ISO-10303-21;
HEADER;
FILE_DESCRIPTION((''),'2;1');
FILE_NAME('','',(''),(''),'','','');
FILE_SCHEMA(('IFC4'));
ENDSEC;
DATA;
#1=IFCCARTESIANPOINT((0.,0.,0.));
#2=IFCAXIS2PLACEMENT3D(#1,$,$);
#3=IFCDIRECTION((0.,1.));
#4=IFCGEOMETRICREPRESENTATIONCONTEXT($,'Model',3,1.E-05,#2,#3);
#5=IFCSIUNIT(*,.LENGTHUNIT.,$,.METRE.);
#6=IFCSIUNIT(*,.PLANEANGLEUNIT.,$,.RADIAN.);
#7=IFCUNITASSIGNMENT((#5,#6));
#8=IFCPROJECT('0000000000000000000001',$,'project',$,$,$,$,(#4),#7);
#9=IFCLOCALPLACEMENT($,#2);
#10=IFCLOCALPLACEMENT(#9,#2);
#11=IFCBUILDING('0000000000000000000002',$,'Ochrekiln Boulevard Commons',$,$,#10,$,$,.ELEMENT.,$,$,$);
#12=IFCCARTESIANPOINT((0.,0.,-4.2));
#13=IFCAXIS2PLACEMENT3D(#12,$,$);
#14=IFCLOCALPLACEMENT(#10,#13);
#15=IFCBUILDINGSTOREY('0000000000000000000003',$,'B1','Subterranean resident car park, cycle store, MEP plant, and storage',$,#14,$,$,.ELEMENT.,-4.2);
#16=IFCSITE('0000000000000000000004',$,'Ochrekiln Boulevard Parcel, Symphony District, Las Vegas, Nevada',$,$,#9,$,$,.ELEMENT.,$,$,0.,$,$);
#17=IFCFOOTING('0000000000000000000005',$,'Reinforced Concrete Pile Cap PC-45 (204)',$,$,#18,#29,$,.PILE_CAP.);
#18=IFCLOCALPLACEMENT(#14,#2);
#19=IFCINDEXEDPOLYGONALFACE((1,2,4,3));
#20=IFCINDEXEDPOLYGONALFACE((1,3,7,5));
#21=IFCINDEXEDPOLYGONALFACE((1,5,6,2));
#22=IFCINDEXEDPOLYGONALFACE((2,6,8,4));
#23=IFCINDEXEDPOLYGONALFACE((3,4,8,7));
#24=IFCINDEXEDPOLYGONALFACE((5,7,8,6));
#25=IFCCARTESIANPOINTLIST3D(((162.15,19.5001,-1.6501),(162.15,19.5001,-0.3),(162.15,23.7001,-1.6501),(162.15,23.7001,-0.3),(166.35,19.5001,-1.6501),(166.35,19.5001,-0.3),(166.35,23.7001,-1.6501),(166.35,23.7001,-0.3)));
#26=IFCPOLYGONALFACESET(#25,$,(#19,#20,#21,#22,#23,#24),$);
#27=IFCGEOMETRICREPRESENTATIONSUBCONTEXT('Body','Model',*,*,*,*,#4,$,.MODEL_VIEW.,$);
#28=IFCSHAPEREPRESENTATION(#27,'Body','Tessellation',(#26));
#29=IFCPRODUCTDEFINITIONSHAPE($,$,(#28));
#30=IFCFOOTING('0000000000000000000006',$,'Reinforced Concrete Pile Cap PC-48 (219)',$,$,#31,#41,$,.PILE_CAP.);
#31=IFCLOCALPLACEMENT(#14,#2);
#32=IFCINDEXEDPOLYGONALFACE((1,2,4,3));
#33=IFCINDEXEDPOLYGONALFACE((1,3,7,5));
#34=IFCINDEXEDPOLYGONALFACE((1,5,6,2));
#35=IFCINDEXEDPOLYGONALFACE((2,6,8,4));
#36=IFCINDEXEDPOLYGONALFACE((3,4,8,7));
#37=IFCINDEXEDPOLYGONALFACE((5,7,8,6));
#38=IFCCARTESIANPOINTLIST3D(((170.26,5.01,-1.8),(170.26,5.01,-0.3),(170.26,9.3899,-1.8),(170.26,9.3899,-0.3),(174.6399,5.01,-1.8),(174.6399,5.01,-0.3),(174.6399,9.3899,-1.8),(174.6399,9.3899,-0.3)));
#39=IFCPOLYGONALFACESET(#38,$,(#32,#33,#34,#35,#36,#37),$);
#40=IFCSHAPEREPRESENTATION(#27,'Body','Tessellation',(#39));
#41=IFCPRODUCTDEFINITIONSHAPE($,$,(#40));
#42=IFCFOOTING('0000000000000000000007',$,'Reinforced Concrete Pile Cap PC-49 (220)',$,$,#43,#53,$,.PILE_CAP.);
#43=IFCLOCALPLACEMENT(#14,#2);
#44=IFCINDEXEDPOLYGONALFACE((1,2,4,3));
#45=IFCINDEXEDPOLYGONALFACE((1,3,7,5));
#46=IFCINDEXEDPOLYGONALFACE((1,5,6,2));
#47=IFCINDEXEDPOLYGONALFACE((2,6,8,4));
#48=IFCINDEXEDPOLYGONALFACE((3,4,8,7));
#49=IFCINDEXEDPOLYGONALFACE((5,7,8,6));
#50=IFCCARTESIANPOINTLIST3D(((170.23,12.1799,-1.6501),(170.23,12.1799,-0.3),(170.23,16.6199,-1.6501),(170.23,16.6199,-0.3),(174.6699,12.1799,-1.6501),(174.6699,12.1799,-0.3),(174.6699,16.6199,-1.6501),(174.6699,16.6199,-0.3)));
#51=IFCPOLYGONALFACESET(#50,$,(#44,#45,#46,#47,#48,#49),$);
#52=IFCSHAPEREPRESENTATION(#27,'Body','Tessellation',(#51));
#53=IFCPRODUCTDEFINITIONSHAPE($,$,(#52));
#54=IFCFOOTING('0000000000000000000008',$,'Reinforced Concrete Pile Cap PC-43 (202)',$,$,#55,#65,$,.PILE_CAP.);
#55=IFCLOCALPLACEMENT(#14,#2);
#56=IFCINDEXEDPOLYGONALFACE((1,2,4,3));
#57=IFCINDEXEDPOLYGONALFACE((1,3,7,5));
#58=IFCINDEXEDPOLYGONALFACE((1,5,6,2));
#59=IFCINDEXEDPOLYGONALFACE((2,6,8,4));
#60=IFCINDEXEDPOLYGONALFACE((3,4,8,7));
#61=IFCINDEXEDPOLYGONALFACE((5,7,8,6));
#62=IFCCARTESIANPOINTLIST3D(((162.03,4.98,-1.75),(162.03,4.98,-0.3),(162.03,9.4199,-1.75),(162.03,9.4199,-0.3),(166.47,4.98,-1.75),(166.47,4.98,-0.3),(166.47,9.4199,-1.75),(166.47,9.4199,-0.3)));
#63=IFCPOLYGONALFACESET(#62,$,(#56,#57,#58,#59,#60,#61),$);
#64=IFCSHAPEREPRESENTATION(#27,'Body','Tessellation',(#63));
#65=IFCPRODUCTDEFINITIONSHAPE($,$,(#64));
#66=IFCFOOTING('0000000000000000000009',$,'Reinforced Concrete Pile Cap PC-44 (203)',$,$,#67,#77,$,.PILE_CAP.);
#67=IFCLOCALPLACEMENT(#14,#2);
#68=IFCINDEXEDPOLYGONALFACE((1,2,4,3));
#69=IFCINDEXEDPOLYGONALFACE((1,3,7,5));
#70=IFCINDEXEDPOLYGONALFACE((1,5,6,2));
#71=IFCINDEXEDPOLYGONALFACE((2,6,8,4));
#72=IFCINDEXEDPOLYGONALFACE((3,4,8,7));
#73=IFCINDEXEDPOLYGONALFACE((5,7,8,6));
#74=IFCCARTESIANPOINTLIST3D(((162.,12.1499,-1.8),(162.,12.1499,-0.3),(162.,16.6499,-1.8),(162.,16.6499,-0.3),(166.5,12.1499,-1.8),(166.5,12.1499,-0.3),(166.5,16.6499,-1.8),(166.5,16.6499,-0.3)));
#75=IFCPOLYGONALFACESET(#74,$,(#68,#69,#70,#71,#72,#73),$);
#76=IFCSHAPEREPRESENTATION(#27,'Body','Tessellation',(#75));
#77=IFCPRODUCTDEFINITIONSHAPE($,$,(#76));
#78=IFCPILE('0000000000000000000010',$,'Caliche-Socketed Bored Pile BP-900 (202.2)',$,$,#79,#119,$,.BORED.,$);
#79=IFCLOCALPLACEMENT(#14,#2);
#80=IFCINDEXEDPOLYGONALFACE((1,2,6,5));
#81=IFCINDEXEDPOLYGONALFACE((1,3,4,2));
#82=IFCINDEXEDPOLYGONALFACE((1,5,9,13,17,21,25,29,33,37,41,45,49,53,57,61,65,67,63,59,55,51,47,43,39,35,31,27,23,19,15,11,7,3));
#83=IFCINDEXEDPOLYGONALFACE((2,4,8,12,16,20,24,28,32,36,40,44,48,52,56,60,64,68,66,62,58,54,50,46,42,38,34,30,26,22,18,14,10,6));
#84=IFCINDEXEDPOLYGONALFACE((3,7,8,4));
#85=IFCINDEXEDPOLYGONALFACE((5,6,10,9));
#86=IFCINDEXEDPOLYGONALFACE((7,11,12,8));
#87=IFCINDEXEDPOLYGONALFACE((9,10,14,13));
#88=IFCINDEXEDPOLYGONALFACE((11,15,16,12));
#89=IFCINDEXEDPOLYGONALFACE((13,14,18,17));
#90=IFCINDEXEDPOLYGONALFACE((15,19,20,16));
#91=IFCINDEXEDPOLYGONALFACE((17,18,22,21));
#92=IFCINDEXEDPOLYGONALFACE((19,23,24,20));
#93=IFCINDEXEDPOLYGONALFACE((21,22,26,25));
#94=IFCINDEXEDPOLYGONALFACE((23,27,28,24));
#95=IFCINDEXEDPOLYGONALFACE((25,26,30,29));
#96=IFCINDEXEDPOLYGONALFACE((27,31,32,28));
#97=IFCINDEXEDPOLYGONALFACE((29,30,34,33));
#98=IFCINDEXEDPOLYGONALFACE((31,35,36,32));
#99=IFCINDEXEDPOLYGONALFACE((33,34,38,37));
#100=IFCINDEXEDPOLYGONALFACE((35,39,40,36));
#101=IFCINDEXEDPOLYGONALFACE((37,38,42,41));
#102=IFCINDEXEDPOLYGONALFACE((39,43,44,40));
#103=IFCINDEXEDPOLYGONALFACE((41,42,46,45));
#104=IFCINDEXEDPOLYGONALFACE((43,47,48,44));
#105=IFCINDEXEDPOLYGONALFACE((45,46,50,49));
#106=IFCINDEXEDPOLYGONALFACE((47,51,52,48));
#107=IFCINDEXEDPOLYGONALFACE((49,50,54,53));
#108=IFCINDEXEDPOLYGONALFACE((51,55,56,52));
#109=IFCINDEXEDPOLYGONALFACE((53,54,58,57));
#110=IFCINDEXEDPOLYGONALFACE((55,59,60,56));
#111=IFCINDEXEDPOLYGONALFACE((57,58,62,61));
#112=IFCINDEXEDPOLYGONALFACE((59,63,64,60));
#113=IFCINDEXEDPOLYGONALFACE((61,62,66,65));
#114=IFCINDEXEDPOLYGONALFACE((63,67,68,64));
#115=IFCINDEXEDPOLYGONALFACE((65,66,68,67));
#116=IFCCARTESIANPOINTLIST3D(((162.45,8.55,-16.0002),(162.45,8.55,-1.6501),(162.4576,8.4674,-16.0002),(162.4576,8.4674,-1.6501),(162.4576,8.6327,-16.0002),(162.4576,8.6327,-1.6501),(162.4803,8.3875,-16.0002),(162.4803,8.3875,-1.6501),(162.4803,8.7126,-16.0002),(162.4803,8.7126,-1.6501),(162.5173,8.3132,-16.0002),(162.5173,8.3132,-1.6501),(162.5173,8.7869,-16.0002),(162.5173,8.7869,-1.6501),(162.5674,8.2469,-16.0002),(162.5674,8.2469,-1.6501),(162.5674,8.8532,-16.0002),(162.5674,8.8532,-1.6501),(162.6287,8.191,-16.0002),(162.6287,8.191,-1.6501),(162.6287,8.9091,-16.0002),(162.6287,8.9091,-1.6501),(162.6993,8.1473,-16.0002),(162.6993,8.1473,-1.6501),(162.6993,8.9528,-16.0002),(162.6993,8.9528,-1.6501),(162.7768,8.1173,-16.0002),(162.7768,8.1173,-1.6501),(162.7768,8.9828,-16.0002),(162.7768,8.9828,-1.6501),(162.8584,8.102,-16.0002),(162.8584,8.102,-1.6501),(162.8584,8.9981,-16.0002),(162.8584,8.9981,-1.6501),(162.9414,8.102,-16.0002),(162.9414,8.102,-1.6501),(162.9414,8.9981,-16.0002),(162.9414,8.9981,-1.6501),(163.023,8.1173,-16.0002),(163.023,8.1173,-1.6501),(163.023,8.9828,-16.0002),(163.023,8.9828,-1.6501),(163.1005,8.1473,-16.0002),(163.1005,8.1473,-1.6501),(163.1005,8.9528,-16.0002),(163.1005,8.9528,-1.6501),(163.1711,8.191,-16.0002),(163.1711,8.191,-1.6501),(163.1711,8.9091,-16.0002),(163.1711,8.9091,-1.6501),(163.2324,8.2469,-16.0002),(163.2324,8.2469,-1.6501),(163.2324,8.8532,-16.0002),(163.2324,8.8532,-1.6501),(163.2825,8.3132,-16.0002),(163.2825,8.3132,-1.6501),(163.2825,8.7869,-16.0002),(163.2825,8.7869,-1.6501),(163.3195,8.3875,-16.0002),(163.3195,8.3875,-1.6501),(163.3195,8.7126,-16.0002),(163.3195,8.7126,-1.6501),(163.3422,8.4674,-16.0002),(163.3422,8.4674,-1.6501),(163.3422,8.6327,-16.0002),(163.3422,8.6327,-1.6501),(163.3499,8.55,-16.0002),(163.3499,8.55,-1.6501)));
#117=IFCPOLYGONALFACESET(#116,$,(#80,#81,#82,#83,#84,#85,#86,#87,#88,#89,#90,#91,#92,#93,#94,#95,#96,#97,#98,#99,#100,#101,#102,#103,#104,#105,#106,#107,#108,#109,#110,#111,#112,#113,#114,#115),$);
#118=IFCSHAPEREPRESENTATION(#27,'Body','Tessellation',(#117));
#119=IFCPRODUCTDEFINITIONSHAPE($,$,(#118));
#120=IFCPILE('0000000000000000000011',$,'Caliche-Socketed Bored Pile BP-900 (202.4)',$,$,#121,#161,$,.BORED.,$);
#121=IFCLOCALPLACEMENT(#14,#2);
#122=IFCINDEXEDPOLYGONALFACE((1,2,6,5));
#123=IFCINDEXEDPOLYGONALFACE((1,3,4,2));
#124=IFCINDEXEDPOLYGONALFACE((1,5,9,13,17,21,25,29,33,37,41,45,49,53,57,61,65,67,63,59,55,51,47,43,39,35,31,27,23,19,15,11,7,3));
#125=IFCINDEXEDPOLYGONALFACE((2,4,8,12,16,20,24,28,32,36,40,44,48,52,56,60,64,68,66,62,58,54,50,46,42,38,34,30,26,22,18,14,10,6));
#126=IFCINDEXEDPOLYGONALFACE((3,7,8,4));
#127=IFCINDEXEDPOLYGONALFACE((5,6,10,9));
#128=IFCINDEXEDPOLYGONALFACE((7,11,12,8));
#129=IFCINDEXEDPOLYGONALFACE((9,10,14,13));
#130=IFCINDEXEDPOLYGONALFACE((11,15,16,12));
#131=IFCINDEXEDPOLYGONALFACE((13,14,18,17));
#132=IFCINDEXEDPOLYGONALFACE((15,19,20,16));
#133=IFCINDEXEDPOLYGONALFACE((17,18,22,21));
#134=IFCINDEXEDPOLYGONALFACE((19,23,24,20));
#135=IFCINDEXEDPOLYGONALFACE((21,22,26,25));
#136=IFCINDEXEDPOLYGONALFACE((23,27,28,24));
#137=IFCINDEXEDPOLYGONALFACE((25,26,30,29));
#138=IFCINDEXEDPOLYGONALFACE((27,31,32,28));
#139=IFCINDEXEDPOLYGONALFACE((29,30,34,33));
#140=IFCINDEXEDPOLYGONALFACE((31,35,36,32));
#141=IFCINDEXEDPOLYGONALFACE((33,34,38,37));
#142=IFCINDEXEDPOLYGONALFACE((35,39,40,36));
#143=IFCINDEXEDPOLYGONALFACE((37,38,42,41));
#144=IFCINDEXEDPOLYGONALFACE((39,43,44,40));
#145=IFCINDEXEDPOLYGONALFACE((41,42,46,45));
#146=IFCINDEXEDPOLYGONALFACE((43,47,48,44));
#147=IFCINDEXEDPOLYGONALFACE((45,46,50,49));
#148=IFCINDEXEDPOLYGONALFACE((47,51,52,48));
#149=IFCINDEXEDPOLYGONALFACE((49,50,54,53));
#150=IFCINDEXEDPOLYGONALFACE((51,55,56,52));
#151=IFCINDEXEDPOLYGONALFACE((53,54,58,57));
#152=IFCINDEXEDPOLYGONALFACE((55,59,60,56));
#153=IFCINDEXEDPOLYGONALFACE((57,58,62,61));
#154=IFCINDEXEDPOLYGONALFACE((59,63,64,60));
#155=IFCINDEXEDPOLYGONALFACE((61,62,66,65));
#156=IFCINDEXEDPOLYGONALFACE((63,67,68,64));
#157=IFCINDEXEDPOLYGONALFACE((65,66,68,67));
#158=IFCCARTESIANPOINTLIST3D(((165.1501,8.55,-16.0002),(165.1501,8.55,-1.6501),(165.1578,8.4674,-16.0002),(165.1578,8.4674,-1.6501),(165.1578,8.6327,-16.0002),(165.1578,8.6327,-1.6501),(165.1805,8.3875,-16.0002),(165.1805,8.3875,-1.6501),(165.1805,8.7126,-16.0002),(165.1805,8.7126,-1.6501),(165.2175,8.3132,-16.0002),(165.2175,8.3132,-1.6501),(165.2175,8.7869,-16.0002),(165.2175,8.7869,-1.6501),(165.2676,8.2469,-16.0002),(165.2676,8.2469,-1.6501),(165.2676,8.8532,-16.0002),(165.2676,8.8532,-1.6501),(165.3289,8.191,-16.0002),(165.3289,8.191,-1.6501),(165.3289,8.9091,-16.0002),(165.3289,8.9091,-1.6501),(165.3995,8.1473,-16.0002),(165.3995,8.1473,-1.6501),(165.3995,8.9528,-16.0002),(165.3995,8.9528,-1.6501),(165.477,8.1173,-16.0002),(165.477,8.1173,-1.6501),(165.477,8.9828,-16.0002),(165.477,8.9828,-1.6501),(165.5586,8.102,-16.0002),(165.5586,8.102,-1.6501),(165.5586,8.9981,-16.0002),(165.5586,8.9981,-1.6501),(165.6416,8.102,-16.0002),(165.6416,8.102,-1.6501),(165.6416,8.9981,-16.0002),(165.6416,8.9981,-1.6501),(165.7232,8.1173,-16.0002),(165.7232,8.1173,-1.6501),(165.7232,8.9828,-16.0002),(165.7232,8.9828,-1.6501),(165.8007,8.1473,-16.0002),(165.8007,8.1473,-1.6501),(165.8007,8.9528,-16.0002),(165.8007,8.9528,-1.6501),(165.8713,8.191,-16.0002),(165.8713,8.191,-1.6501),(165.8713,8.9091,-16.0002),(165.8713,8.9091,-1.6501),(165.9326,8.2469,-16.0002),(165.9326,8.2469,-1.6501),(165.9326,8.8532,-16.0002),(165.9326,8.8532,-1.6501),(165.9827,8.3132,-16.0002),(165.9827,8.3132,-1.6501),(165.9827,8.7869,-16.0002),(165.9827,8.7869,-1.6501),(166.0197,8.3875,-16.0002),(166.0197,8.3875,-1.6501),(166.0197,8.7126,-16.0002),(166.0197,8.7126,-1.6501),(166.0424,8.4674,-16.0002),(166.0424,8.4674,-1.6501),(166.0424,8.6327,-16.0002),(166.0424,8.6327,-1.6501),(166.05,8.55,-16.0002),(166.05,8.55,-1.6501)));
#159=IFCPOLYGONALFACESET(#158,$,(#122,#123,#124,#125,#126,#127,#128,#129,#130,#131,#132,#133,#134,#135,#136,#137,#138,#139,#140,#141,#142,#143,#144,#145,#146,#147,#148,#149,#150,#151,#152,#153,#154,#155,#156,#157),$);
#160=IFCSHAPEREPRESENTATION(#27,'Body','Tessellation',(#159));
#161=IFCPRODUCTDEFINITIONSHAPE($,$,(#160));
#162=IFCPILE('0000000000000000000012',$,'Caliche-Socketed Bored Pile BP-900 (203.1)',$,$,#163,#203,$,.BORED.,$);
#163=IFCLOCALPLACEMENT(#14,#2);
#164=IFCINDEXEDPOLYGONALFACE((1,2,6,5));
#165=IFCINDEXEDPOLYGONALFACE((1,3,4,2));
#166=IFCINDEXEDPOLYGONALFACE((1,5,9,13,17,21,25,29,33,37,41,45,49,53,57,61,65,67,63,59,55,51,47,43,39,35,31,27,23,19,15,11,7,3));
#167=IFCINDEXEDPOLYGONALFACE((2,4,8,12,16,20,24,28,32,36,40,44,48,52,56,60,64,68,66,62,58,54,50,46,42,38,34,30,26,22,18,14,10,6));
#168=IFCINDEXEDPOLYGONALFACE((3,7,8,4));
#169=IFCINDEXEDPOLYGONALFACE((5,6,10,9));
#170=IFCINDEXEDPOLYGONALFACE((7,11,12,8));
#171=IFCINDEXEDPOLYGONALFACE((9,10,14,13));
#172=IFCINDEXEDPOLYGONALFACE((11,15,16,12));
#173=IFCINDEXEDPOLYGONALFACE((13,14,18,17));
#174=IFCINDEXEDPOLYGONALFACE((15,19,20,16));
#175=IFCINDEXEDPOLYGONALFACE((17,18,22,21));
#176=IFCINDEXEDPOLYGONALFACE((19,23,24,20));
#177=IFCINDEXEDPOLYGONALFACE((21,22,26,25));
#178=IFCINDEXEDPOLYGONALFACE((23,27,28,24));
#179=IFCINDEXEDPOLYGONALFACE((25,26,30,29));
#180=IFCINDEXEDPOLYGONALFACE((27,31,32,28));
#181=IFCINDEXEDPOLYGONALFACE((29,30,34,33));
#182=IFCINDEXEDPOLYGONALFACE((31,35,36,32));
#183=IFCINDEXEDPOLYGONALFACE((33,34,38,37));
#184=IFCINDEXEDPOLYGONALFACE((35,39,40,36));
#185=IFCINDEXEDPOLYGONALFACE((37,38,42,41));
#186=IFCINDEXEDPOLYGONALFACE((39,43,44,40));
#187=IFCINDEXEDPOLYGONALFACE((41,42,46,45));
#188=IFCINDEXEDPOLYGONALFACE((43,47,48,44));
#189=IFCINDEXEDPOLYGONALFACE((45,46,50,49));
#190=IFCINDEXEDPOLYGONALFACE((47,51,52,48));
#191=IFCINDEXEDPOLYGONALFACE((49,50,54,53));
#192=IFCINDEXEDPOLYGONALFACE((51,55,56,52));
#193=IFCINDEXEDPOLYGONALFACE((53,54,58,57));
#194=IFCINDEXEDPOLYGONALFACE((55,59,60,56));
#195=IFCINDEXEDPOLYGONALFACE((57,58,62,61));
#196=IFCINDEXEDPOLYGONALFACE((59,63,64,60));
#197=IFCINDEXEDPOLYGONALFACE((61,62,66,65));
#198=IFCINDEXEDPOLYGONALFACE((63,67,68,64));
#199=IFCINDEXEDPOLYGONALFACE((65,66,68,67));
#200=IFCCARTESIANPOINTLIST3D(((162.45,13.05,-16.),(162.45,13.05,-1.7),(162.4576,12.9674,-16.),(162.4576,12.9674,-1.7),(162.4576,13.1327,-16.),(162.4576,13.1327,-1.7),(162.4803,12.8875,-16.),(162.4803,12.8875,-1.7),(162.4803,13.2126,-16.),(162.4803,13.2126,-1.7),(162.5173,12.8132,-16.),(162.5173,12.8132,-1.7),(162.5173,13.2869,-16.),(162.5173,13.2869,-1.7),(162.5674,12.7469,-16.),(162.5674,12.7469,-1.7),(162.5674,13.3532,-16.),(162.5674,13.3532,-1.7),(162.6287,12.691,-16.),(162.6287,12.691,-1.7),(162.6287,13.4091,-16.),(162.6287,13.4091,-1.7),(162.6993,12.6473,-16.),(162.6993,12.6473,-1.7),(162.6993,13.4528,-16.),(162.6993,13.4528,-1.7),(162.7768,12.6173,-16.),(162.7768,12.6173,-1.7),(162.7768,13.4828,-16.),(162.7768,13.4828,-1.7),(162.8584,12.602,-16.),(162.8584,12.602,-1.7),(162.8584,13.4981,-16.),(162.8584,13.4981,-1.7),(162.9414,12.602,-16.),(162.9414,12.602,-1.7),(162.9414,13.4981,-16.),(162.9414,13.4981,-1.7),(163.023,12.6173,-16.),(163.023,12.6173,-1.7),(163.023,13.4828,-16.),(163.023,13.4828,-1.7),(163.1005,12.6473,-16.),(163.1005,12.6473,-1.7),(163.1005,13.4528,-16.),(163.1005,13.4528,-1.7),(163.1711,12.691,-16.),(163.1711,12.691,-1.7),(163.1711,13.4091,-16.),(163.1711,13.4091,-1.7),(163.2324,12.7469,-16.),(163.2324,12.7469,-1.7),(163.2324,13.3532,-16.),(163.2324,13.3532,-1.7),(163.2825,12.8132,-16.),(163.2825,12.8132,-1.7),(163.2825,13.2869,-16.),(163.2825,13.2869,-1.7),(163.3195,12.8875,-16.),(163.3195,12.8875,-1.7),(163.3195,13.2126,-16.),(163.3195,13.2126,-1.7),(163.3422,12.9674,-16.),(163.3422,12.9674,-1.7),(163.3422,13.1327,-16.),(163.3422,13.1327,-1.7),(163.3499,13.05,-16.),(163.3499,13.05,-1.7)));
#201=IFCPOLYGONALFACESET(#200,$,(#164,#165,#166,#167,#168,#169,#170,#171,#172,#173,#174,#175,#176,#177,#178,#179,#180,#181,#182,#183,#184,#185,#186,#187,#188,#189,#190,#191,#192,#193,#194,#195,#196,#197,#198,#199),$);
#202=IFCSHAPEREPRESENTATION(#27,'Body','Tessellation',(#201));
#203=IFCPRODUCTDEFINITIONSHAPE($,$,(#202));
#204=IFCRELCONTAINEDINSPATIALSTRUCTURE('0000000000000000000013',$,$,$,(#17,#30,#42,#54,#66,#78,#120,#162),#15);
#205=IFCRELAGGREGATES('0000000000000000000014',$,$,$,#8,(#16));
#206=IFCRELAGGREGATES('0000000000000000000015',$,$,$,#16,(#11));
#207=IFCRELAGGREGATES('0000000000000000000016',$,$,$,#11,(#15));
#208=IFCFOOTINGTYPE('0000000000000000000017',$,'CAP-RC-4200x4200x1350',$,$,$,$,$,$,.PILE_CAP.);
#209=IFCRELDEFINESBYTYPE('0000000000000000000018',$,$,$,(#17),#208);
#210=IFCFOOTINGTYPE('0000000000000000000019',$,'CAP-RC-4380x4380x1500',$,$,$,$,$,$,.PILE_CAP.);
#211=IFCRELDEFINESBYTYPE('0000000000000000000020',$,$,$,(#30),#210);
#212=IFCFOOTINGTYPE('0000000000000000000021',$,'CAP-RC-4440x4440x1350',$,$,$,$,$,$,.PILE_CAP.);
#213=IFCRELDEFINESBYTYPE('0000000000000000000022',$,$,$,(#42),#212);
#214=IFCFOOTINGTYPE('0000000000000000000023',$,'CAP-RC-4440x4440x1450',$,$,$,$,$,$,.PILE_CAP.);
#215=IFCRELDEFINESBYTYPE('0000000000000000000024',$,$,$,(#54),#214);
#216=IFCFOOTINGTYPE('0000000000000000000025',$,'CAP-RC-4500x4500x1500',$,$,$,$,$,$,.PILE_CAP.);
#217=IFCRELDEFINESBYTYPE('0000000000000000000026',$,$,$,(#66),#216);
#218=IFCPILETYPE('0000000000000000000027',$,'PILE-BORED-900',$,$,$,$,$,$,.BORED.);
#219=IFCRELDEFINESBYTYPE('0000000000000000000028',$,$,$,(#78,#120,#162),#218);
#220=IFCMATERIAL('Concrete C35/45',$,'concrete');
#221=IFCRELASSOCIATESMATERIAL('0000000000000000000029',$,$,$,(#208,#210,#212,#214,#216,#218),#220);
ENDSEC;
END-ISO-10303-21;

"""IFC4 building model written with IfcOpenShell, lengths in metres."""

from ifc_helpers import new_model, si_unit, direction, frame, origin, origin_2d, place, context, subcontext, project, spatial, rectangle, circle, extrude, material, material_profile, profile_set, type_object, element, save


model = new_model("IFC4")

# Units and contexts
model_context = context("Model", 3, precision=1e-05, world=origin(), true_north=direction((0.0, 1.0)))
body_context = subcontext(model_context, "Body", "Model", "MODEL_VIEW")
ifc_project = project(units=[si_unit("LENGTHUNIT", "METRE"), si_unit("PLANEANGLEUNIT", "RADIAN")], contexts=[model_context])

# Site, building, storey
site_placement = place(None, origin())
site = spatial("IfcSite", under=ifc_project, at=site_placement, Name="Ochrekiln Boulevard Parcel, Symphony District, Las Vegas, Nevada", CompositionType="ELEMENT", RefElevation=0.0)
building_placement = place(site_placement, origin())
building = spatial("IfcBuilding", under=site, at=building_placement, Name="Ochrekiln Boulevard Commons", CompositionType="ELEMENT")
storey_placement = place(building_placement, frame((0.0, 0.0, -4.2)))
storey = spatial("IfcBuildingStorey", under=building, at=storey_placement, Name="B1", Description="Subterranean resident car park, cycle store, MEP plant, and storage", CompositionType="ELEMENT", Elevation=-4.2)

# Footings
ifc_material_1 = material(Name="Concrete C35/45", Category="concrete")
footing_type_1 = type_object("IfcFootingType", Name="CAP-RC-4200x4200x1350", PredefinedType="PILE_CAP", material=ifc_material_1)
footing_1_placement = place(storey_placement, frame((164.25, 21.6001, -1.6501), z_axis=(0.0, 0.0, 1.0), x_axis=(1.0, 0.0, 0.0)))
element("IfcFooting", 1, at=footing_1_placement, inside=storey, type_object=footing_type_1, Name="Reinforced Concrete Pile Cap PC-45 (204)", PredefinedType="PILE_CAP", context=body_context, shape_type="SweptSolid", body=[
    extrude(rectangle(XDim=4.2, YDim=4.2, at=origin_2d()), origin(), (0.0, 0.0, 1.0), 1.3501),
])
footing_type_2 = type_object("IfcFootingType", Name="CAP-RC-4380x4380x1500", PredefinedType="PILE_CAP", material=ifc_material_1)
footing_2_placement = place(storey_placement, frame((172.45, 7.2, -1.8), z_axis=(0.0, 0.0, 1.0), x_axis=(1.0, 0.0, 0.0)))
element("IfcFooting", 2, at=footing_2_placement, inside=storey, type_object=footing_type_2, Name="Reinforced Concrete Pile Cap PC-48 (219)", PredefinedType="PILE_CAP", context=body_context, shape_type="SweptSolid", body=[
    extrude(rectangle(XDim=4.3799, YDim=4.3799, at=origin_2d()), origin(), (0.0, 0.0, 1.0), 1.5),
])
footing_type_3 = type_object("IfcFootingType", Name="CAP-RC-4440x4440x1350", PredefinedType="PILE_CAP", material=ifc_material_1)
footing_3_placement = place(storey_placement, frame((172.45, 14.3999, -1.6501), z_axis=(0.0, 0.0, 1.0), x_axis=(1.0, 0.0, 0.0)))
element("IfcFooting", 3, at=footing_3_placement, inside=storey, type_object=footing_type_3, Name="Reinforced Concrete Pile Cap PC-49 (220)", PredefinedType="PILE_CAP", context=body_context, shape_type="SweptSolid", body=[
    extrude(rectangle(XDim=4.4399, YDim=4.4399, at=origin_2d()), origin(), (0.0, 0.0, 1.0), 1.3501),
])
footing_type_4 = type_object("IfcFootingType", Name="CAP-RC-4440x4440x1450", PredefinedType="PILE_CAP", material=ifc_material_1)
footing_4_placement = place(storey_placement, frame((164.25, 7.2, -1.75), z_axis=(0.0, 0.0, 1.0), x_axis=(1.0, 0.0, 0.0)))
element("IfcFooting", 4, at=footing_4_placement, inside=storey, type_object=footing_type_4, Name="Reinforced Concrete Pile Cap PC-43 (202)", PredefinedType="PILE_CAP", context=body_context, shape_type="SweptSolid", body=[
    extrude(rectangle(XDim=4.4399, YDim=4.4399, at=origin_2d()), origin(), (0.0, 0.0, 1.0), 1.45),
])
footing_type_5 = type_object("IfcFootingType", Name="CAP-RC-4500x4500x1500", PredefinedType="PILE_CAP", material=ifc_material_1)
footing_5_placement = place(storey_placement, frame((164.25, 14.3999, -1.8), z_axis=(0.0, 0.0, 1.0), x_axis=(1.0, 0.0, 0.0)))
element("IfcFooting", 5, at=footing_5_placement, inside=storey, type_object=footing_type_5, Name="Reinforced Concrete Pile Cap PC-44 (203)", PredefinedType="PILE_CAP", context=body_context, shape_type="SweptSolid", body=[
    extrude(rectangle(XDim=4.5, YDim=4.5, at=origin_2d()), origin(), (0.0, 0.0, 1.0), 1.5),
])

# Piles
ifc_material_profile_1 = material_profile(ifc_material_1, circle(Radius=0.45, at=origin_2d()), Name="PILE-D900")
ifc_profile_set_1 = profile_set([ifc_material_profile_1], Name="Concrete C35/45")
pile_type = type_object("IfcPileType", Name="PILE-BORED-900", PredefinedType="BORED", material=ifc_profile_set_1)
for number, where, z_axis, x_axis, name in (
    (6, (162.8999, 8.55, -1.6501), (0.0, 0.0, -1.0), (1.0, 0.0, 0.0), "Caliche-Socketed Bored Pile BP-900 (202.2)"),
    (7, (165.6001, 8.55, -1.6501), (0.0, 0.0, -1.0), (1.0, 0.0, 0.0), "Caliche-Socketed Bored Pile BP-900 (202.4)"),
):
    element("IfcPile", number, at=place(storey_placement, frame(where, z_axis=z_axis, x_axis=x_axis)), inside=storey, type_object=pile_type, Name=name, PredefinedType="BORED", context=body_context, shape_type="SweptSolid", body=[
        extrude(circle(Radius=0.45, at=origin_2d()), origin(), (0.0, 0.0, 1.0), 14.3501),
    ])
for number, where, z_axis, x_axis, name in (
    (8, (162.8999, 13.05, -1.7), (0.0, 0.0, -1.0), (1.0, 0.0, 0.0), "Caliche-Socketed Bored Pile BP-900 (203.1)"),
):
    element("IfcPile", number, at=place(storey_placement, frame(where, z_axis=z_axis, x_axis=x_axis)), inside=storey, type_object=pile_type, Name=name, PredefinedType="BORED", context=body_context, shape_type="SweptSolid", body=[
        extrude(circle(Radius=0.45, at=origin_2d()), origin(), (0.0, 0.0, 1.0), 14.3),
    ])

save(model, "model.ifc")
